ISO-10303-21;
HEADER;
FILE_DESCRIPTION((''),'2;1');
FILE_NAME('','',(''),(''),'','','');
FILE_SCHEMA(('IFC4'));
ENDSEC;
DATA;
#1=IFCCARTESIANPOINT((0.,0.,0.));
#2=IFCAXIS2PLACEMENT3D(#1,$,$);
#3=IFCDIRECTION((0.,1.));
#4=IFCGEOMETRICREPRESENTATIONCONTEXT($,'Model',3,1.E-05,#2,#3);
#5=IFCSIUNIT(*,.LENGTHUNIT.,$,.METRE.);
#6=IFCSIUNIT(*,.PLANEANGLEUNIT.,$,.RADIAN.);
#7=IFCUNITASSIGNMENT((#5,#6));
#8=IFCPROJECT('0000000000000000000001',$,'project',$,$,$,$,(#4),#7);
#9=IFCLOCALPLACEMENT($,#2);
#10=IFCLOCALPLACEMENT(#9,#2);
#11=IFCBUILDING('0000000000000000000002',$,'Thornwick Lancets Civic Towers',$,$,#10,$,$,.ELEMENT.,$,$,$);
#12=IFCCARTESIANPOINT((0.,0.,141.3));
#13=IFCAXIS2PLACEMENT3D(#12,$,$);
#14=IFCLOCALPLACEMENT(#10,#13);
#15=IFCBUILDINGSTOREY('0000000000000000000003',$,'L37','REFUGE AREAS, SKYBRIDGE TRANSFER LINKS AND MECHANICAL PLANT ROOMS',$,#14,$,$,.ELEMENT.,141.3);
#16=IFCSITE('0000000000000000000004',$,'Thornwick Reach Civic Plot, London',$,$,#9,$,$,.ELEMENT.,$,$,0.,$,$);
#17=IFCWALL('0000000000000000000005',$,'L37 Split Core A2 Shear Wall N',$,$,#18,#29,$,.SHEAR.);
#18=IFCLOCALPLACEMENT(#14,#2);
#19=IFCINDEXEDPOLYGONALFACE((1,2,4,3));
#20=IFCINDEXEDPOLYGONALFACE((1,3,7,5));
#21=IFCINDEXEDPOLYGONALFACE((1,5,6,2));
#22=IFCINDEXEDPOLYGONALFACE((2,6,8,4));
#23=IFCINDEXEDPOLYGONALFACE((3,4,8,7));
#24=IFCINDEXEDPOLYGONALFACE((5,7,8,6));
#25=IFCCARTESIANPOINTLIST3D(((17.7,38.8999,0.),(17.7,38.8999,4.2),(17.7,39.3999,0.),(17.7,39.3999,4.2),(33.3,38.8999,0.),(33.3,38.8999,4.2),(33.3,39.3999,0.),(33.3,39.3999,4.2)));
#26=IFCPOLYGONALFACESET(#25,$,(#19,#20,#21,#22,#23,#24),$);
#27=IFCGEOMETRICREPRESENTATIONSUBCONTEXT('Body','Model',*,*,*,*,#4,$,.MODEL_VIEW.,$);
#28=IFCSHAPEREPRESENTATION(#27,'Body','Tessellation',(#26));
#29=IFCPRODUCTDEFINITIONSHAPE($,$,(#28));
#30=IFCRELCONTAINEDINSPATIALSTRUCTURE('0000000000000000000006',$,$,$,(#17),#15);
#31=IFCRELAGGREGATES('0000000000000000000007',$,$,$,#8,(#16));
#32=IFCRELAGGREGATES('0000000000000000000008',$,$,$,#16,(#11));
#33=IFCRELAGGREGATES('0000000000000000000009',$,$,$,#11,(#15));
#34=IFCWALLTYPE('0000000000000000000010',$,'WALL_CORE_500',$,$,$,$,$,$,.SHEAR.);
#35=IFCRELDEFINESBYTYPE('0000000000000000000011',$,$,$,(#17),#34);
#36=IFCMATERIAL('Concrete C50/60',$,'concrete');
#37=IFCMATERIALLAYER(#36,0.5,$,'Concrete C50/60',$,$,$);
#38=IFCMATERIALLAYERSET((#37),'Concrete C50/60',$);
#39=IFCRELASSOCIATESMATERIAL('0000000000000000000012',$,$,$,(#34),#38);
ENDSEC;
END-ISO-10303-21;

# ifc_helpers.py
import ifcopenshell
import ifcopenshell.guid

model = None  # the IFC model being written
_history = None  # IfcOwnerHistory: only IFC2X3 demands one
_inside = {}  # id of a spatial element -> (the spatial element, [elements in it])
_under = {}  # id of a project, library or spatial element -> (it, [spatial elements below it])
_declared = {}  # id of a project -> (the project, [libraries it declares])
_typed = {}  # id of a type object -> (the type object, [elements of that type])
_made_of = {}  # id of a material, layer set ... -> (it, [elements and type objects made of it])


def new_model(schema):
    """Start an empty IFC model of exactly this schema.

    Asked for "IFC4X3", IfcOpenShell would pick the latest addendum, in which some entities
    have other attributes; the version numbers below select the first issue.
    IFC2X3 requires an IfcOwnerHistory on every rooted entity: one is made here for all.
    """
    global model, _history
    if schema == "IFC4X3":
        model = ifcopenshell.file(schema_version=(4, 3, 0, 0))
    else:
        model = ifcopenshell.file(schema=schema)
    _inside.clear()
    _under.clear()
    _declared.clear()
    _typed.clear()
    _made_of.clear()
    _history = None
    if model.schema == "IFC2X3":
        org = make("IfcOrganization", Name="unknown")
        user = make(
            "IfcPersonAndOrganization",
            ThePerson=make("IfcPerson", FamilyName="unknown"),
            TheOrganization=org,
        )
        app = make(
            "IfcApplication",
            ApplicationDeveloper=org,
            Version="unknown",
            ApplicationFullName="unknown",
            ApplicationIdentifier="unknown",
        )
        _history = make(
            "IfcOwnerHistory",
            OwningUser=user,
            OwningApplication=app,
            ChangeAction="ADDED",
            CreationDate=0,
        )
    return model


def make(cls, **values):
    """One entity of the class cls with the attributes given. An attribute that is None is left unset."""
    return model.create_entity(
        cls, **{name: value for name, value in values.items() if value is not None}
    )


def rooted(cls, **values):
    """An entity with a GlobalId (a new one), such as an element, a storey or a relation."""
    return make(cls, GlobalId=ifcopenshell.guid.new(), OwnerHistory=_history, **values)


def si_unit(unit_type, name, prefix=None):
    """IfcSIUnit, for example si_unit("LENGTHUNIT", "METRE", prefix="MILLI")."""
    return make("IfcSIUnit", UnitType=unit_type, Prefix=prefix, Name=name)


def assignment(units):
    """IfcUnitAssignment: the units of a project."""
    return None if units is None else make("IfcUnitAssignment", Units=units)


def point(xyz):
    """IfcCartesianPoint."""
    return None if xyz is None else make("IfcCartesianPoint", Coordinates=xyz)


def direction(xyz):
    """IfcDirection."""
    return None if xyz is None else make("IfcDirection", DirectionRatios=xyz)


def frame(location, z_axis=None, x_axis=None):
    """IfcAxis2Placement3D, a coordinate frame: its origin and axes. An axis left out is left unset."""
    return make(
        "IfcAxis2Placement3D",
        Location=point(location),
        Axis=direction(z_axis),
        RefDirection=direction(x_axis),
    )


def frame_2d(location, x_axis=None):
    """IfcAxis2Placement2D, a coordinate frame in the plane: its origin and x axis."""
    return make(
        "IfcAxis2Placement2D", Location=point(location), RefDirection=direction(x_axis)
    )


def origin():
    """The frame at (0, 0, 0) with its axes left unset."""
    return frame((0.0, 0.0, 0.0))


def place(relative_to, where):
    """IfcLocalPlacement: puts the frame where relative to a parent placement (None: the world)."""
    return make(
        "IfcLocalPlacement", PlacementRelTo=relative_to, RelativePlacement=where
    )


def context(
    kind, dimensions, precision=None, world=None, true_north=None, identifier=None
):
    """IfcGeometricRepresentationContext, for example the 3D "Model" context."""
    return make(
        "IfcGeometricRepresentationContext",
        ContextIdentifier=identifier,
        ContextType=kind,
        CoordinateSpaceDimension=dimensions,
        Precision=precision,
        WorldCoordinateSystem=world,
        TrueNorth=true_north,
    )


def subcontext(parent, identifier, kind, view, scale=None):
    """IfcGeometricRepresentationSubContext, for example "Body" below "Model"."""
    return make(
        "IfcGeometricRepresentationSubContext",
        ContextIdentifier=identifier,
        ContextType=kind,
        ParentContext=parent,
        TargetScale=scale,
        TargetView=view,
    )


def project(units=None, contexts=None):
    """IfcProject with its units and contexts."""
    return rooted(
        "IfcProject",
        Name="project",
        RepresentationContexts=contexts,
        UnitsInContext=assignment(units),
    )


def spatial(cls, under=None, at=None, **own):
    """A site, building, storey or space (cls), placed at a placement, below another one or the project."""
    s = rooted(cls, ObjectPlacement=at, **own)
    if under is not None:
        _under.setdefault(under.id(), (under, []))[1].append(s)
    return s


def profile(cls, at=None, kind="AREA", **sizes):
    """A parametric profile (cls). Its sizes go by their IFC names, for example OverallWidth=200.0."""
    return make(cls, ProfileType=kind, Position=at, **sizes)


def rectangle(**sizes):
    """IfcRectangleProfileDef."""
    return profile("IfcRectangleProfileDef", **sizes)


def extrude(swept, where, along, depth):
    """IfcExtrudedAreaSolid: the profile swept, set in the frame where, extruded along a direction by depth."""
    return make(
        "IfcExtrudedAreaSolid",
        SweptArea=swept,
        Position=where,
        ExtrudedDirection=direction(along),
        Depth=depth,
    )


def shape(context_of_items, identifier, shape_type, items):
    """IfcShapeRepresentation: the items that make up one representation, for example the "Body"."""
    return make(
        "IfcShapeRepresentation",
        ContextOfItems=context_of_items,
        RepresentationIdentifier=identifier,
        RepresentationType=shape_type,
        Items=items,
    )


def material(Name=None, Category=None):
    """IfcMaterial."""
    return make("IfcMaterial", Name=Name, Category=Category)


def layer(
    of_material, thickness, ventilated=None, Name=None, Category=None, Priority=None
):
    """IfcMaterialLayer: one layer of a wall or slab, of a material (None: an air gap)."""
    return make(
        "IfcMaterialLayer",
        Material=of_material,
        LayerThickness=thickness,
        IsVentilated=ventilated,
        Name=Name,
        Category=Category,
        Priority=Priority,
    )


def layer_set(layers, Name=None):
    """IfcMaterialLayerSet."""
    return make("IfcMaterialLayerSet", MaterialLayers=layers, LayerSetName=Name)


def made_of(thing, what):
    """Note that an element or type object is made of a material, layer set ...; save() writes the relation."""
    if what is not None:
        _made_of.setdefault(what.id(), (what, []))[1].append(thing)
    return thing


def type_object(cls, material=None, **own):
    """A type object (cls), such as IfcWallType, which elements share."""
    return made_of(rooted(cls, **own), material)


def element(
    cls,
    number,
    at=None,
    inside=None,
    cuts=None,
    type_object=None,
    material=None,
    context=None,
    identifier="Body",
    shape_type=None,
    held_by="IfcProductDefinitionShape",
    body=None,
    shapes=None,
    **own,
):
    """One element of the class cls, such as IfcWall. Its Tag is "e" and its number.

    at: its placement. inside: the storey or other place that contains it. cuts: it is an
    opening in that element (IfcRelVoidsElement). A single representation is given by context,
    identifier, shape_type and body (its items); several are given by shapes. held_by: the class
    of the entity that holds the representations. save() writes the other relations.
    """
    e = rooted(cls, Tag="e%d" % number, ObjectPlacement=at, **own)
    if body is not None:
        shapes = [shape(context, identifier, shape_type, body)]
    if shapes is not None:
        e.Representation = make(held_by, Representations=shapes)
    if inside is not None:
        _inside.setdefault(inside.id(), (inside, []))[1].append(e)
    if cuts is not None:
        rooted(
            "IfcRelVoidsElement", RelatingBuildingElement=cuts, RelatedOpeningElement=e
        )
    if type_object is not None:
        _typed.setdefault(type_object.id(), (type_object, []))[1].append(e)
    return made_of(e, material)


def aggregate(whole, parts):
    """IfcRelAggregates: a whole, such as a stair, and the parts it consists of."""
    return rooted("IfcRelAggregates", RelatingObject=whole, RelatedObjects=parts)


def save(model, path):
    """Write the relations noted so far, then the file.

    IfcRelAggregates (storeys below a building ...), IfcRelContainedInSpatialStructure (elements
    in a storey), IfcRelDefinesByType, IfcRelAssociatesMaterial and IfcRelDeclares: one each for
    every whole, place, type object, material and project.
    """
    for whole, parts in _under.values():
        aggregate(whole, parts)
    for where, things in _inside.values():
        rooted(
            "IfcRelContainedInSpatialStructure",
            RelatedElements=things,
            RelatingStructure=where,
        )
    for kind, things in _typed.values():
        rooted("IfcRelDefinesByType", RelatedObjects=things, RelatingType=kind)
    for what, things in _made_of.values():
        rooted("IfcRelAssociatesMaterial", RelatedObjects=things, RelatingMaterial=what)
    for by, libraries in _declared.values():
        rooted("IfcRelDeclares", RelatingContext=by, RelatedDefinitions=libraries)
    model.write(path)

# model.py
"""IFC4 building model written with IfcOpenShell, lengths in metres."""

from ifc_helpers import new_model, si_unit, direction, frame, frame_2d, origin, place, context, subcontext, project, spatial, rectangle, extrude, material, layer, layer_set, type_object, element, save


model = new_model("IFC4")

# Units and contexts
model_context = context("Model", 3, precision=1e-05, world=origin(), true_north=direction((0.0, 1.0)))
body_context = subcontext(model_context, "Body", "Model", "MODEL_VIEW")
ifc_project = project(units=[si_unit("LENGTHUNIT", "METRE"), si_unit("PLANEANGLEUNIT", "RADIAN")], contexts=[model_context])

# Site, building, storey
site_placement = place(None, origin())
site = spatial("IfcSite", under=ifc_project, at=site_placement, Name="Thornwick Reach Civic Plot, London", CompositionType="ELEMENT", RefElevation=0.0)
building_placement = place(site_placement, origin())
building = spatial("IfcBuilding", under=site, at=building_placement, Name="Thornwick Lancets Civic Towers", CompositionType="ELEMENT")
storey_placement = place(building_placement, frame((0.0, 0.0, 141.3)))
storey = spatial("IfcBuildingStorey", under=building, at=storey_placement, Name="L37", Description="REFUGE AREAS, SKYBRIDGE TRANSFER LINKS AND MECHANICAL PLANT ROOMS", CompositionType="ELEMENT", Elevation=141.3)

# Wall
ifc_material_1 = material(Name="Concrete C50/60", Category="concrete")
ifc_layer_1 = layer(ifc_material_1, 0.5, Name="Concrete C50/60")
ifc_layer_set_1 = layer_set([ifc_layer_1], Name="Concrete C50/60")
wall_type_1 = type_object("IfcWallType", Name="WALL_CORE_500", PredefinedType="SHEAR", material=ifc_layer_set_1)
wall_1_placement = place(storey_placement, frame((17.7, 39.1499, 0.0), z_axis=(0.0, 0.0, 1.0), x_axis=(1.0, 0.0, 0.0)))
element("IfcWall", 1, at=wall_1_placement, inside=storey, type_object=wall_type_1, Name="L37 Split Core A2 Shear Wall N", PredefinedType="SHEAR", context=body_context, shape_type="SweptSolid", body=[
    extrude(rectangle(XDim=15.6001, YDim=0.5, at=frame_2d((7.8, 0.0))), origin(), (0.0, 0.0, 1.0), 4.2),
])

save(model, "model.ifc")
